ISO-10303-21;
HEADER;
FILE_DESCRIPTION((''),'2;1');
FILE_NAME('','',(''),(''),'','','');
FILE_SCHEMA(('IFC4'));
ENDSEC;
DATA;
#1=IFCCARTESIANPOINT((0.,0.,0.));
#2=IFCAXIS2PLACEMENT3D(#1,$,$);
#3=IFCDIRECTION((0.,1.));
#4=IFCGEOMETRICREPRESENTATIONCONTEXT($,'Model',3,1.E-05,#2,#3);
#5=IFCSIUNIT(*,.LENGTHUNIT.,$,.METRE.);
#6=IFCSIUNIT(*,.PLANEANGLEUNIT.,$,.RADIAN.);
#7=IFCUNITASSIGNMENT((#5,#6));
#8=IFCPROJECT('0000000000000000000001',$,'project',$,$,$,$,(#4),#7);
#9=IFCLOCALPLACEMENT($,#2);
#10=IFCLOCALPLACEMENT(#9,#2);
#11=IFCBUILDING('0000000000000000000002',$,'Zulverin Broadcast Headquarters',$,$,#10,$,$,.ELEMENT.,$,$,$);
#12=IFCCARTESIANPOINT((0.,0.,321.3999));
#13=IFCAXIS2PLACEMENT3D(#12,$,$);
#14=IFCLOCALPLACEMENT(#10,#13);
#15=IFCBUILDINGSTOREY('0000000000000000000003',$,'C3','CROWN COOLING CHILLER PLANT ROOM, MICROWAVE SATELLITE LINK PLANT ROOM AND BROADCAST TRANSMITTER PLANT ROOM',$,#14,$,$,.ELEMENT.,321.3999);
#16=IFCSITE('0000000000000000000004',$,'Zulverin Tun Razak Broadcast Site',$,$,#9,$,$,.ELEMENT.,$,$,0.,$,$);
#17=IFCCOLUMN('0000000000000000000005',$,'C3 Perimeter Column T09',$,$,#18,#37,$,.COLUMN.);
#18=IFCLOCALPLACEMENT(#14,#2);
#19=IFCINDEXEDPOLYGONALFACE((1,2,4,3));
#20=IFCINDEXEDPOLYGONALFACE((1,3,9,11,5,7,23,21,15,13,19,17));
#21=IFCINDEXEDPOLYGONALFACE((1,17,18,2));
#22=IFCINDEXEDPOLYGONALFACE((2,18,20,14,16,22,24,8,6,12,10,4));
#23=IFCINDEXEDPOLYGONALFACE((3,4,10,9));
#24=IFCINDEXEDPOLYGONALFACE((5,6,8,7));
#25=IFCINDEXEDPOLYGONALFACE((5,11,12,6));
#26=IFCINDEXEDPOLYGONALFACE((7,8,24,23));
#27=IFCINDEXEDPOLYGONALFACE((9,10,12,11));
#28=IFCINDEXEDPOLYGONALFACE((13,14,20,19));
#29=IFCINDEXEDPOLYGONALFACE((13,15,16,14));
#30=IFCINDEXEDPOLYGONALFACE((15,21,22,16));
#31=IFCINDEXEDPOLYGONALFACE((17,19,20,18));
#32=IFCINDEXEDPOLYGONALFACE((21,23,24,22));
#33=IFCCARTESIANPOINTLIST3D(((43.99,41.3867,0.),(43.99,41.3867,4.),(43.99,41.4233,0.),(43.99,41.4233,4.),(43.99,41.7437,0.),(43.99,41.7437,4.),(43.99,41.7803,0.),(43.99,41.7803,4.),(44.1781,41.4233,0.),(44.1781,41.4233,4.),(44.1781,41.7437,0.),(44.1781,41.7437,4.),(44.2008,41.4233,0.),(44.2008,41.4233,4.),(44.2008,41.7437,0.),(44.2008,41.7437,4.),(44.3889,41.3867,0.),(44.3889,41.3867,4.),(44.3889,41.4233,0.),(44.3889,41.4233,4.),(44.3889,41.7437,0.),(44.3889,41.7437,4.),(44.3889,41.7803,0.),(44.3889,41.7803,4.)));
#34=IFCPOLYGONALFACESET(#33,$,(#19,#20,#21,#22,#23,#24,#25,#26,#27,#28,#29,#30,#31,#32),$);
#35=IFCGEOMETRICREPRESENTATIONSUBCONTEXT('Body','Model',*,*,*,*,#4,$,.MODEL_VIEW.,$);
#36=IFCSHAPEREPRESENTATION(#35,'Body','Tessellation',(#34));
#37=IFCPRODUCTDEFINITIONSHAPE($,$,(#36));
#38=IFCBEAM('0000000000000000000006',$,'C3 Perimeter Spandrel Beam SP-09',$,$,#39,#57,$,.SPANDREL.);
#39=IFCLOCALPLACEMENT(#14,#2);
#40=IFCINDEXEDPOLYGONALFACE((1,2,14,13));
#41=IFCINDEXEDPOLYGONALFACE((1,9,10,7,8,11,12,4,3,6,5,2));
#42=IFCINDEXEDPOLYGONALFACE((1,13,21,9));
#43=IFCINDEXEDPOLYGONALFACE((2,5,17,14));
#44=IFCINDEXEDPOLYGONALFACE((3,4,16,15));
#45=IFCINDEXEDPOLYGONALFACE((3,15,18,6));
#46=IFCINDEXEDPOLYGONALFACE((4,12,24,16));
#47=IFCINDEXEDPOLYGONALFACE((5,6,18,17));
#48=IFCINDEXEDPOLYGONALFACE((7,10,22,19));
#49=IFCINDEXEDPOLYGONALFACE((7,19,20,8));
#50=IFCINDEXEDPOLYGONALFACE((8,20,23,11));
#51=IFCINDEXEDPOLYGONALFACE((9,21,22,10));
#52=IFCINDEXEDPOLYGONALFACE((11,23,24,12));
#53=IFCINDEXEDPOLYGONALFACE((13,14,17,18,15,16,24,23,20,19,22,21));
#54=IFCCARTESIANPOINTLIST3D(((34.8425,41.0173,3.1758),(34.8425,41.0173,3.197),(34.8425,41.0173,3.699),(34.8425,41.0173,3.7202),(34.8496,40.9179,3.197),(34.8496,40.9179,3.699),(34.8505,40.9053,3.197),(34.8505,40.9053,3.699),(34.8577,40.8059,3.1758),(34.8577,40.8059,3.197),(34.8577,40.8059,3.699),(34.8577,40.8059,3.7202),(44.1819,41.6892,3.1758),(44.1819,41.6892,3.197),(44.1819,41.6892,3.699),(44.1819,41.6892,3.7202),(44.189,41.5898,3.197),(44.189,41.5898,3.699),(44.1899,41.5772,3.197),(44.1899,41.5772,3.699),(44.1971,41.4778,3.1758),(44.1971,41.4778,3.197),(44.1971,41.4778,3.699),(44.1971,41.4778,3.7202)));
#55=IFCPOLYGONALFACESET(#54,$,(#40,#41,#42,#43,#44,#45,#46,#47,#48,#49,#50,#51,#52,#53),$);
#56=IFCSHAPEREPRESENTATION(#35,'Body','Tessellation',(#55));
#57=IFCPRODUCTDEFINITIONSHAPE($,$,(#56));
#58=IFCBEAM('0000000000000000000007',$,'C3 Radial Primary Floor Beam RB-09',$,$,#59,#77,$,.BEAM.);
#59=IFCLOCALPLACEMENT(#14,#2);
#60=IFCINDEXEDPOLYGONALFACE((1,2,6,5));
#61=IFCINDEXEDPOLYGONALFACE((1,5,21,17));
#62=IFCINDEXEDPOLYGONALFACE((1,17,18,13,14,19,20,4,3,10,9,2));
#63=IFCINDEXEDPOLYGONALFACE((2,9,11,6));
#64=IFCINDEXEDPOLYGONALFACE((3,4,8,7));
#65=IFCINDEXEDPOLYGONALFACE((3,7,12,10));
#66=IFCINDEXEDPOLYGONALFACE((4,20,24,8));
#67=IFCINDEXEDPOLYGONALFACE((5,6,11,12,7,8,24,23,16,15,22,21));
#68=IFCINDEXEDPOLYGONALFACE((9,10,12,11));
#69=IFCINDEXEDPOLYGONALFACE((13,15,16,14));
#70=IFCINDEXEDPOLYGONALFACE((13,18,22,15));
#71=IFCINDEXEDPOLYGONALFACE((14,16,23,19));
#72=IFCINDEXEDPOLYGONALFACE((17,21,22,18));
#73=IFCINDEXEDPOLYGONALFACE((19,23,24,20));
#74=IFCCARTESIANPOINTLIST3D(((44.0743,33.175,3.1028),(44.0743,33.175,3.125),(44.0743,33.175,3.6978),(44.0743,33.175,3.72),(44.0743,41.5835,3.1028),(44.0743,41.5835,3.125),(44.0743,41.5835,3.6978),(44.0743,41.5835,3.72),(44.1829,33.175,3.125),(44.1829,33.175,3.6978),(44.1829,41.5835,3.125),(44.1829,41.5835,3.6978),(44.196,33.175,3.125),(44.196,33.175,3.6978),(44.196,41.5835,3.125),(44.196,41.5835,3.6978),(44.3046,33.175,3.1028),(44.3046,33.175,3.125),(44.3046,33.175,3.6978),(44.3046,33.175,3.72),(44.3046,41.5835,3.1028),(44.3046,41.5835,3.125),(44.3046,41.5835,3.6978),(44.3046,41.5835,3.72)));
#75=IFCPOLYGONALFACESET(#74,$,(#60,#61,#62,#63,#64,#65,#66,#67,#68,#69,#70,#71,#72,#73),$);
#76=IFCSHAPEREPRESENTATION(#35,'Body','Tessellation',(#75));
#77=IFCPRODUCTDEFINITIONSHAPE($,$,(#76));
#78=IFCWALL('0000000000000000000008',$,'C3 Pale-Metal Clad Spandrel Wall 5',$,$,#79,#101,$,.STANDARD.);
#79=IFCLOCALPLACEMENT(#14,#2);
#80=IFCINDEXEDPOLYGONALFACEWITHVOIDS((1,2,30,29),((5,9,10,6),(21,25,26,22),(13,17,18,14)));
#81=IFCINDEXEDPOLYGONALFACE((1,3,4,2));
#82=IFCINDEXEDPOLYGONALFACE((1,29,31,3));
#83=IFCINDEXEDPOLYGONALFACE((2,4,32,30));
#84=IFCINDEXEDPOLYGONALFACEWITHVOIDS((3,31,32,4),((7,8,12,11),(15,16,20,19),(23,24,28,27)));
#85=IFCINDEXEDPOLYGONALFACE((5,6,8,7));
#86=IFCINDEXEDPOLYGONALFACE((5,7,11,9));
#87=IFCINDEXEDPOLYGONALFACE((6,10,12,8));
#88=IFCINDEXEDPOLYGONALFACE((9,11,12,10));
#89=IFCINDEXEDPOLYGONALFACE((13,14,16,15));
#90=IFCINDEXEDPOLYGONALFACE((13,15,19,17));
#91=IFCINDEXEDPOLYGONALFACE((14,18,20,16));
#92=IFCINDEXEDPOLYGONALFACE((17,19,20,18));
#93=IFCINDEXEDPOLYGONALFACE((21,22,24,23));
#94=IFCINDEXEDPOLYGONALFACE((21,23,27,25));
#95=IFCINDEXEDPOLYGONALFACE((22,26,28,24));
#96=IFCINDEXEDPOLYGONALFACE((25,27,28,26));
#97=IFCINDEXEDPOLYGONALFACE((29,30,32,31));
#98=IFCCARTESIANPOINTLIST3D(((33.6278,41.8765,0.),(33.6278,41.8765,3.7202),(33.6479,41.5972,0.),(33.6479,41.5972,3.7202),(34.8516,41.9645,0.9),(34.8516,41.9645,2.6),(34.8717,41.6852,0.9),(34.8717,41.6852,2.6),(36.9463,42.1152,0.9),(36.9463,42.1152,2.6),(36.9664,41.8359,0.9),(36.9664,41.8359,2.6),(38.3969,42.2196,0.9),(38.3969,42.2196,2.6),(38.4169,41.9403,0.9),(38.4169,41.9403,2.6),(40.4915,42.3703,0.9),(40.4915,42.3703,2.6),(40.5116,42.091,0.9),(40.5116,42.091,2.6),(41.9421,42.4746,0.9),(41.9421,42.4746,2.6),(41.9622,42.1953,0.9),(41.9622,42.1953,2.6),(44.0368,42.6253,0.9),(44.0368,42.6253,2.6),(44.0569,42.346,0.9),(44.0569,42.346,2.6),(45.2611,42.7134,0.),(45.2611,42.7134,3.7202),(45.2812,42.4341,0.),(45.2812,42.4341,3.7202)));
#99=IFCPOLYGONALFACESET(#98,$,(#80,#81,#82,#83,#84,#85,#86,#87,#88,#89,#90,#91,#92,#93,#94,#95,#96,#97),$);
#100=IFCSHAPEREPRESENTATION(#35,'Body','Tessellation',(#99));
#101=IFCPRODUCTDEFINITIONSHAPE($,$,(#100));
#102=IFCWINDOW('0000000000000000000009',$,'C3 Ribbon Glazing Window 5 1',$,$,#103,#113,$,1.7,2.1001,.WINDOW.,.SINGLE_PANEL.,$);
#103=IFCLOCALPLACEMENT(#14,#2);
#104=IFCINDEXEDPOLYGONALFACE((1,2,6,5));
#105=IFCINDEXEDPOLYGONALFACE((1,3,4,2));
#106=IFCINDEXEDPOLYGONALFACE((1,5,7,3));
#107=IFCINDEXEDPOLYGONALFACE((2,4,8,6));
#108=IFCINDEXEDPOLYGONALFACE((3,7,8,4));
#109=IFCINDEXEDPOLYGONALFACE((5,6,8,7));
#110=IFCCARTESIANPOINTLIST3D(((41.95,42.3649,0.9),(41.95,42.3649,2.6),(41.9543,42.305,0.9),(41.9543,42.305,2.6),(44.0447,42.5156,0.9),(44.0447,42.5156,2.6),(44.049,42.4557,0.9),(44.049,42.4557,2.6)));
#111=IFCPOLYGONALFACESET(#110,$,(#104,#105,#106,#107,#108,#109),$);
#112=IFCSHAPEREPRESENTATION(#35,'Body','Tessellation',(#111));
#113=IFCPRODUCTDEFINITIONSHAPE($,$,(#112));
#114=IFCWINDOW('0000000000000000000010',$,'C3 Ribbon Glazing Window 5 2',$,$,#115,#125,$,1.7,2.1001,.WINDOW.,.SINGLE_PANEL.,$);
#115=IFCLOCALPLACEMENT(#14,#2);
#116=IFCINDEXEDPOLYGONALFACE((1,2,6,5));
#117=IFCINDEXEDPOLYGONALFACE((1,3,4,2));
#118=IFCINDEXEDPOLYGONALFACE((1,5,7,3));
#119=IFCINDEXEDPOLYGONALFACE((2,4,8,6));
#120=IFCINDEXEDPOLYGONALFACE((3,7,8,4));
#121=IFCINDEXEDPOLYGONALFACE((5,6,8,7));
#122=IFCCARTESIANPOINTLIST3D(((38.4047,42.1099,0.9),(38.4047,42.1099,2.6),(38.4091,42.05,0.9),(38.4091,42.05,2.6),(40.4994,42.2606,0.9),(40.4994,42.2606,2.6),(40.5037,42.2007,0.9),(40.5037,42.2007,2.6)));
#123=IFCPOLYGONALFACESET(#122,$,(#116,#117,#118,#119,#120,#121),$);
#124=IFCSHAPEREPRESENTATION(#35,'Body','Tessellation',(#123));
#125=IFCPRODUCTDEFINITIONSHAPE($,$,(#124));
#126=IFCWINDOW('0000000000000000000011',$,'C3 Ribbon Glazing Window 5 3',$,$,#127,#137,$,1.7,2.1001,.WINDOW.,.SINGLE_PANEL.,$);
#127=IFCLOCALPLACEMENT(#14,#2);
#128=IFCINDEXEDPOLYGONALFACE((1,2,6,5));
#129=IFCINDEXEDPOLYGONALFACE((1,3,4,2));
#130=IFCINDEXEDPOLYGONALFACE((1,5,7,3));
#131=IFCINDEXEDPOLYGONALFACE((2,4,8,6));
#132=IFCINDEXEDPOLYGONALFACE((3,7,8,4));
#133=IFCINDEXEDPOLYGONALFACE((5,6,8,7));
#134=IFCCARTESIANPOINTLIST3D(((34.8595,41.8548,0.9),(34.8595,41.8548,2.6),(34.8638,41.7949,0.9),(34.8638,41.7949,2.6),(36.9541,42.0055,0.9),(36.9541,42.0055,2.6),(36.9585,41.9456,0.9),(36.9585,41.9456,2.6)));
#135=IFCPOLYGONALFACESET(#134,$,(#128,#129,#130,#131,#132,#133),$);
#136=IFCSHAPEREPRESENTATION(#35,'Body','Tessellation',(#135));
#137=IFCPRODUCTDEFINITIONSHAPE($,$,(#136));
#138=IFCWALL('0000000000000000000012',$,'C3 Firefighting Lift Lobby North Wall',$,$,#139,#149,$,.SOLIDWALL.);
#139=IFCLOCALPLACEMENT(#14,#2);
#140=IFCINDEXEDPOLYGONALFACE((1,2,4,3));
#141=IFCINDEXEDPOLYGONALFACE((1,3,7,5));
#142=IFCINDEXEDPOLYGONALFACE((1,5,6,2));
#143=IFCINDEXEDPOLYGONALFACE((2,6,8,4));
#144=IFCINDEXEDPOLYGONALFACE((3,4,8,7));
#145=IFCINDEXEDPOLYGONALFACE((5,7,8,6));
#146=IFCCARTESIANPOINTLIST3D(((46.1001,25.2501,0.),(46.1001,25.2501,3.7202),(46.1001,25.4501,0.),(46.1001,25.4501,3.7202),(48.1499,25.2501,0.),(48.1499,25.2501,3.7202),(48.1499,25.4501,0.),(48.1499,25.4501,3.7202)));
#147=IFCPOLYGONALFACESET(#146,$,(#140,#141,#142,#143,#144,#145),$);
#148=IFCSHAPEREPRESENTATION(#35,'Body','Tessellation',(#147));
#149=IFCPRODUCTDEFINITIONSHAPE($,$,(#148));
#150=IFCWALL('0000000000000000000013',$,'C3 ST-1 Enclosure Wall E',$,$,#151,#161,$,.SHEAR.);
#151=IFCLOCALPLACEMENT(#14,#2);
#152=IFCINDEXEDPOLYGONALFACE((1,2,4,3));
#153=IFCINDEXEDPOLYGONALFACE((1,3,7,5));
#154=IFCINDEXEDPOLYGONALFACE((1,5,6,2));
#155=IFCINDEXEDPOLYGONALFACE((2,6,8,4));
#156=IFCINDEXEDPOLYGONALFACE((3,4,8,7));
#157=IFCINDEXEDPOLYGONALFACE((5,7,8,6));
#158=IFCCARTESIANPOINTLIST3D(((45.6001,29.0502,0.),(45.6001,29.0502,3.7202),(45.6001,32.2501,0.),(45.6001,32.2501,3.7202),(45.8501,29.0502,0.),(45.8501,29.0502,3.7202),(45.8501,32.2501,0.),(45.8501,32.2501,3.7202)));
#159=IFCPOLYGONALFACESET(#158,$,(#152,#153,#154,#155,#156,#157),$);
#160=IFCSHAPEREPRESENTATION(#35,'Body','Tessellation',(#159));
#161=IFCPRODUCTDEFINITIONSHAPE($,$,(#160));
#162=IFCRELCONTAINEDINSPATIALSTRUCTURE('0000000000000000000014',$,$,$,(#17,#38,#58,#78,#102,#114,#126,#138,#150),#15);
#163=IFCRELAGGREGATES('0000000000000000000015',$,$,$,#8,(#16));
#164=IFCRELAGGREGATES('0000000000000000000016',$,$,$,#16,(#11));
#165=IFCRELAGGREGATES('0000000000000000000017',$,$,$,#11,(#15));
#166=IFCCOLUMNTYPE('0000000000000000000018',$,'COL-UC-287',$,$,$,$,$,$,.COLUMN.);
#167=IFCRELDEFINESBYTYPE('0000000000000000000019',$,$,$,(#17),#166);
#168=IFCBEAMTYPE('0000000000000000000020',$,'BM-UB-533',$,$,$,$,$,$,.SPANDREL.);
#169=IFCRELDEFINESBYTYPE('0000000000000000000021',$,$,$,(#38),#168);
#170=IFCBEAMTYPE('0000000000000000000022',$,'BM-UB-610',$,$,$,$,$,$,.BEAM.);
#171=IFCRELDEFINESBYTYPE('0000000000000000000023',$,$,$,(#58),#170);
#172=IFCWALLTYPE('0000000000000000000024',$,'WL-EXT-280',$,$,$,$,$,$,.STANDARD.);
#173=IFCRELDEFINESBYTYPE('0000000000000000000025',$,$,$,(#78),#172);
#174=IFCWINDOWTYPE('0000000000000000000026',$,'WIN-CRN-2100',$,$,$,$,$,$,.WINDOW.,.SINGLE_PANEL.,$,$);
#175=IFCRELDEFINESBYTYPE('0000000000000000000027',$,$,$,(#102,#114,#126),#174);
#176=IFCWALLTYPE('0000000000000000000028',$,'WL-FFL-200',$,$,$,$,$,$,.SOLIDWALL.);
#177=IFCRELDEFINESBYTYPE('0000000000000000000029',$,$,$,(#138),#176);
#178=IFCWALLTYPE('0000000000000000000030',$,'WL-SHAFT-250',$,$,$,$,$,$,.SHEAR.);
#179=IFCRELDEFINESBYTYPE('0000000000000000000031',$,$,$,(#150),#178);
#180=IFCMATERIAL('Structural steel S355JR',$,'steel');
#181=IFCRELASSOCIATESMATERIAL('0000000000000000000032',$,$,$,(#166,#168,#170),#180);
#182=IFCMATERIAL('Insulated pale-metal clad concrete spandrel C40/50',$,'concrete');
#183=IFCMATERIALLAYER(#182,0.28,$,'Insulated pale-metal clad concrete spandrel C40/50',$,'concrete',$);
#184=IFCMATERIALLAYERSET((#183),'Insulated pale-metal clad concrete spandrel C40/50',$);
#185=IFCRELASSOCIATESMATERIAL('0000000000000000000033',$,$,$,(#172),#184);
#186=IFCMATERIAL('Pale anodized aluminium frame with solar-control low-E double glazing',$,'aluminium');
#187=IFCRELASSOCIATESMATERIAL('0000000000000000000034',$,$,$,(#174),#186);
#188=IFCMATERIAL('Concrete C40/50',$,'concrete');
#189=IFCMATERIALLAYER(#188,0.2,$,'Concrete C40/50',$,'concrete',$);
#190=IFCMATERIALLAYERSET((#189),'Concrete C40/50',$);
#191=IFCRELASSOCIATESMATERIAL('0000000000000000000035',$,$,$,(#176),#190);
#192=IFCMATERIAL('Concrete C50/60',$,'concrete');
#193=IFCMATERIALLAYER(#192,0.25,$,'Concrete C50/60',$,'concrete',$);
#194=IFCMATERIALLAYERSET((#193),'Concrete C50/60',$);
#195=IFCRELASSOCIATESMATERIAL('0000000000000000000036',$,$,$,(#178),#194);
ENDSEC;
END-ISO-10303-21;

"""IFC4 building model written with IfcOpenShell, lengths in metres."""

from ifc_helpers import new_model, si_unit, direction, frame, frame_2d, origin, origin_2d, place, context, subcontext, project, spatial, rectangle, i_section, extrude, material, layer, layer_set, material_profile, profile_set, type_object, element, fill, save


model = new_model("IFC4")

# Units and contexts
model_context = context("Model", 3, precision=1e-05, world=origin(), true_north=direction((0.0, 1.0)))
body_context = subcontext(model_context, "Body", "Model", "MODEL_VIEW")
ifc_project = project(units=[si_unit("LENGTHUNIT", "METRE"), si_unit("PLANEANGLEUNIT", "RADIAN")], contexts=[model_context])

# Site, building, storey
site_placement = place(None, origin())
site = spatial("IfcSite", under=ifc_project, at=site_placement, Name="Zulverin Tun Razak Broadcast Site", CompositionType="ELEMENT", RefElevation=0.0)
building_placement = place(site_placement, origin())
building = spatial("IfcBuilding", under=site, at=building_placement, Name="Zulverin Broadcast Headquarters", CompositionType="ELEMENT")
storey_placement = place(building_placement, frame((0.0, 0.0, 321.3999)))
storey = spatial("IfcBuildingStorey", under=building, at=storey_placement, Name="C3", Description="CROWN COOLING CHILLER PLANT ROOM, MICROWAVE SATELLITE LINK PLANT ROOM AND BROADCAST TRANSMITTER PLANT ROOM", CompositionType="ELEMENT", Elevation=321.3999)

# Column
ifc_material_1 = material(Name="Structural steel S355JR", Category="steel")
ifc_material_profile_1 = material_profile(ifc_material_1, i_section(OverallWidth=0.3989, OverallDepth=0.3936, WebThickness=0.0227, FlangeThickness=0.0366, at=origin_2d()), Name="Structural steel S355JR", Category="steel")
ifc_profile_set_1 = profile_set([ifc_material_profile_1], Name="Structural steel S355JR")
column_type = type_object("IfcColumnType", Name="COL-UC-287", PredefinedType="COLUMN", material=ifc_profile_set_1)
column_placement = place(storey_placement, frame((44.1895, 41.5835, 0.0), z_axis=(0.0, 0.0, 1.0), x_axis=(1.0, 0.0, 0.0)))
element("IfcColumn", 1, at=column_placement, inside=storey, type_object=column_type, Name="C3 Perimeter Column T09", PredefinedType="COLUMN", context=body_context, shape_type="SweptSolid", body=[
    extrude(i_section(OverallWidth=0.3989, OverallDepth=0.3936, WebThickness=0.0227, FlangeThickness=0.0366, at=origin_2d()), origin(), (0.0, 0.0, 1.0), 4.0),
])

# Beams
ifc_material_profile_2 = material_profile(ifc_material_1, i_section(OverallWidth=0.2119, OverallDepth=0.5444, WebThickness=0.0127, FlangeThickness=0.0212, at=origin_2d()), Name="Structural steel S355JR", Category="steel")
ifc_profile_set_2 = profile_set([ifc_material_profile_2], Name="Structural steel S355JR")
beam_type_1 = type_object("IfcBeamType", Name="BM-UB-533", PredefinedType="SPANDREL", material=ifc_profile_set_2)
beam_1_placement = place(storey_placement, frame((44.1895, 41.5835, 3.448), z_axis=(-0.997422, -0.071755, 0.0), x_axis=(0.071755, -0.997422, 0.0)))
element("IfcBeam", 2, at=beam_1_placement, inside=storey, type_object=beam_type_1, Name="C3 Perimeter Spandrel Beam SP-09", PredefinedType="SPANDREL", context=body_context, shape_type="SweptSolid", body=[
    extrude(i_section(OverallWidth=0.2119, OverallDepth=0.5444, WebThickness=0.0127, FlangeThickness=0.0212, at=origin_2d()), origin(), (0.0, 0.0, 1.0), 9.3635),
])
ifc_material_profile_3 = material_profile(ifc_material_1, i_section(OverallWidth=0.2302, OverallDepth=0.6172, WebThickness=0.0132, FlangeThickness=0.0222, at=origin_2d()), Name="Structural steel S355JR", Category="steel")
ifc_profile_set_3 = profile_set([ifc_material_profile_3], Name="Structural steel S355JR")
beam_type_2 = type_object("IfcBeamType", Name="BM-UB-610", PredefinedType="BEAM", material=ifc_profile_set_3)
beam_2_placement = place(storey_placement, frame((44.1895, 33.175, 3.4114), z_axis=(0.0, 1.0, 0.0), x_axis=(-1.0, 0.0, 0.0)))
element("IfcBeam", 3, at=beam_2_placement, inside=storey, type_object=beam_type_2, Name="C3 Radial Primary Floor Beam RB-09", PredefinedType="BEAM", context=body_context, shape_type="SweptSolid", body=[
    extrude(i_section(OverallWidth=0.2302, OverallDepth=0.6172, WebThickness=0.0132, FlangeThickness=0.0222, at=origin_2d()), origin(), (0.0, 0.0, 1.0), 8.4084),
])

# Wall, openings, windows
ifc_material_2 = material(Name="Insulated pale-metal clad concrete spandrel C40/50", Category="concrete")
ifc_layer_1 = layer(ifc_material_2, 0.28, Name="Insulated pale-metal clad concrete spandrel C40/50", Category="concrete")
ifc_layer_set_1 = layer_set([ifc_layer_1], Name="Insulated pale-metal clad concrete spandrel C40/50")
wall_type_1 = type_object("IfcWallType", Name="WL-EXT-280", PredefinedType="STANDARD", material=ifc_layer_set_1)
wall_1_placement = place(storey_placement, frame((45.271, 42.5737, 0.0), z_axis=(0.0, 0.0, 1.0), x_axis=(-0.997422, -0.071756, 0.0)))
wall_1 = element("IfcWall", 4, at=wall_1_placement, inside=storey, type_object=wall_type_1, Name="C3 Pale-Metal Clad Spandrel Wall 5", PredefinedType="STANDARD", context=body_context, shape_type="SweptSolid", body=[
    extrude(rectangle(XDim=11.6633, YDim=0.28, at=frame_2d((5.8315, 0.0))), origin(), (0.0, 0.0, 1.0), 3.7202),
])
opening_1_placement = place(wall_1_placement, frame((1.2273, 0.0, 0.8999)))
opening_1 = element("IfcOpeningElement", 5, at=opening_1_placement, cuts=wall_1, PredefinedType="OPENING", context=body_context, shape_type="SweptSolid", body=[
    extrude(rectangle(XDim=2.1001, YDim=1.7, at=frame_2d((1.05, 0.8501))), frame((0.0, 0.1499, 0.0), z_axis=(0.0, -1.0, 0.0), x_axis=(1.0, 0.0, 0.0)), (0.0, 0.0, 1.0), 0.3),
])
opening_2_placement = place(wall_1_placement, frame((4.7817, 0.0, 0.8999)))
opening_2 = element("IfcOpeningElement", 6, at=opening_2_placement, cuts=wall_1, PredefinedType="OPENING", context=body_context, shape_type="SweptSolid", body=[
    extrude(rectangle(XDim=2.1001, YDim=1.7, at=frame_2d((1.05, 0.8501))), frame((0.0, 0.1499, 0.0), z_axis=(0.0, -1.0, 0.0), x_axis=(1.0, 0.0, 0.0)), (0.0, 0.0, 1.0), 0.3),
])
opening_3_placement = place(wall_1_placement, frame((8.3362, 0.0, 0.8999)))
opening_3 = element("IfcOpeningElement", 7, at=opening_3_placement, cuts=wall_1, PredefinedType="OPENING", context=body_context, shape_type="SweptSolid", body=[
    extrude(rectangle(XDim=2.1001, YDim=1.7, at=frame_2d((1.05, 0.8501))), frame((0.0, 0.1499, 0.0), z_axis=(0.0, -1.0, 0.0), x_axis=(1.0, 0.0, 0.0)), (0.0, 0.0, 1.0), 0.3),
])
ifc_material_3 = material(Name="Pale anodized aluminium frame with solar-control low-E double glazing", Category="aluminium")
window_type = type_object("IfcWindowType", Name="WIN-CRN-2100", PartitioningType="SINGLE_PANEL", PredefinedType="WINDOW", material=ifc_material_3)
window_1_placement = place(opening_1_placement, origin())
window_1 = element("IfcWindow", 8, at=window_1_placement, inside=storey, type_object=window_type, Name="C3 Ribbon Glazing Window 5 1", OverallHeight=1.7, OverallWidth=2.1001, PartitioningType="SINGLE_PANEL", PredefinedType="WINDOW", context=body_context, shape_type="SweptSolid", body=[
    extrude(rectangle(XDim=2.1001, YDim=1.7, at=frame_2d((1.05, 0.8501))), frame((0.0, 0.03, 0.0), z_axis=(0.0, -1.0, 0.0), x_axis=(1.0, 0.0, 0.0)), (0.0, 0.0, 1.0), 0.0601),
])
fill(opening_1, window_1)
window_2_placement = place(opening_2_placement, origin())
window_2 = element("IfcWindow", 9, at=window_2_placement, inside=storey, type_object=window_type, Name="C3 Ribbon Glazing Window 5 2", OverallHeight=1.7, OverallWidth=2.1001, PartitioningType="SINGLE_PANEL", PredefinedType="WINDOW", context=body_context, shape_type="SweptSolid", body=[
    extrude(rectangle(XDim=2.1001, YDim=1.7, at=frame_2d((1.05, 0.8501))), frame((0.0, 0.03, 0.0), z_axis=(0.0, -1.0, 0.0), x_axis=(1.0, 0.0, 0.0)), (0.0, 0.0, 1.0), 0.0601),
])
fill(opening_2, window_2)
window_3_placement = place(opening_3_placement, origin())
window_3 = element("IfcWindow", 10, at=window_3_placement, inside=storey, type_object=window_type, Name="C3 Ribbon Glazing Window 5 3", OverallHeight=1.7, OverallWidth=2.1001, PartitioningType="SINGLE_PANEL", PredefinedType="WINDOW", context=body_context, shape_type="SweptSolid", body=[
    extrude(rectangle(XDim=2.1001, YDim=1.7, at=frame_2d((1.05, 0.8501))), frame((0.0, 0.03, 0.0), z_axis=(0.0, -1.0, 0.0), x_axis=(1.0, 0.0, 0.0)), (0.0, 0.0, 1.0), 0.0601),
])
fill(opening_3, window_3)

# Walls
ifc_material_4 = material(Name="Concrete C40/50", Category="concrete")
ifc_layer_2 = layer(ifc_material_4, 0.2, Name="Concrete C40/50", Category="concrete")
ifc_layer_set_2 = layer_set([ifc_layer_2], Name="Concrete C40/50")
wall_type_2 = type_object("IfcWallType", Name="WL-FFL-200", PredefinedType="SOLIDWALL", material=ifc_layer_set_2)
wall_2_placement = place(storey_placement, frame((46.1001, 25.3501, 0.0), z_axis=(0.0, 0.0, 1.0), x_axis=(1.0, 0.0, 0.0)))
element("IfcWall", 11, at=wall_2_placement, inside=storey, type_object=wall_type_2, Name="C3 Firefighting Lift Lobby North Wall", PredefinedType="SOLIDWALL", context=body_context, shape_type="SweptSolid", body=[
    extrude(rectangle(XDim=2.0498, YDim=0.2, at=frame_2d((1.0249, 0.0))), origin(), (0.0, 0.0, 1.0), 3.7202),
])
ifc_material_5 = material(Name="Concrete C50/60", Category="concrete")
ifc_layer_3 = layer(ifc_material_5, 0.25, Name="Concrete C50/60", Category="concrete")
ifc_layer_set_3 = layer_set([ifc_layer_3], Name="Concrete C50/60")
wall_type_3 = type_object("IfcWallType", Name="WL-SHAFT-250", PredefinedType="SHEAR", material=ifc_layer_set_3)
wall_3_placement = place(storey_placement, frame((45.7251, 29.05, 0.0), z_axis=(0.0, 0.0, 1.0), x_axis=(0.0, 1.0, 0.0)))
element("IfcWall", 12, at=wall_3_placement, inside=storey, type_object=wall_type_3, Name="C3 ST-1 Enclosure Wall E", PredefinedType="SHEAR", context=body_context, shape_type="SweptSolid", body=[
    extrude(rectangle(XDim=3.2, YDim=0.25, at=frame_2d((1.6001, 0.0))), origin(), (0.0, 0.0, 1.0), 3.7202),
])

save(model, "model.ifc")
